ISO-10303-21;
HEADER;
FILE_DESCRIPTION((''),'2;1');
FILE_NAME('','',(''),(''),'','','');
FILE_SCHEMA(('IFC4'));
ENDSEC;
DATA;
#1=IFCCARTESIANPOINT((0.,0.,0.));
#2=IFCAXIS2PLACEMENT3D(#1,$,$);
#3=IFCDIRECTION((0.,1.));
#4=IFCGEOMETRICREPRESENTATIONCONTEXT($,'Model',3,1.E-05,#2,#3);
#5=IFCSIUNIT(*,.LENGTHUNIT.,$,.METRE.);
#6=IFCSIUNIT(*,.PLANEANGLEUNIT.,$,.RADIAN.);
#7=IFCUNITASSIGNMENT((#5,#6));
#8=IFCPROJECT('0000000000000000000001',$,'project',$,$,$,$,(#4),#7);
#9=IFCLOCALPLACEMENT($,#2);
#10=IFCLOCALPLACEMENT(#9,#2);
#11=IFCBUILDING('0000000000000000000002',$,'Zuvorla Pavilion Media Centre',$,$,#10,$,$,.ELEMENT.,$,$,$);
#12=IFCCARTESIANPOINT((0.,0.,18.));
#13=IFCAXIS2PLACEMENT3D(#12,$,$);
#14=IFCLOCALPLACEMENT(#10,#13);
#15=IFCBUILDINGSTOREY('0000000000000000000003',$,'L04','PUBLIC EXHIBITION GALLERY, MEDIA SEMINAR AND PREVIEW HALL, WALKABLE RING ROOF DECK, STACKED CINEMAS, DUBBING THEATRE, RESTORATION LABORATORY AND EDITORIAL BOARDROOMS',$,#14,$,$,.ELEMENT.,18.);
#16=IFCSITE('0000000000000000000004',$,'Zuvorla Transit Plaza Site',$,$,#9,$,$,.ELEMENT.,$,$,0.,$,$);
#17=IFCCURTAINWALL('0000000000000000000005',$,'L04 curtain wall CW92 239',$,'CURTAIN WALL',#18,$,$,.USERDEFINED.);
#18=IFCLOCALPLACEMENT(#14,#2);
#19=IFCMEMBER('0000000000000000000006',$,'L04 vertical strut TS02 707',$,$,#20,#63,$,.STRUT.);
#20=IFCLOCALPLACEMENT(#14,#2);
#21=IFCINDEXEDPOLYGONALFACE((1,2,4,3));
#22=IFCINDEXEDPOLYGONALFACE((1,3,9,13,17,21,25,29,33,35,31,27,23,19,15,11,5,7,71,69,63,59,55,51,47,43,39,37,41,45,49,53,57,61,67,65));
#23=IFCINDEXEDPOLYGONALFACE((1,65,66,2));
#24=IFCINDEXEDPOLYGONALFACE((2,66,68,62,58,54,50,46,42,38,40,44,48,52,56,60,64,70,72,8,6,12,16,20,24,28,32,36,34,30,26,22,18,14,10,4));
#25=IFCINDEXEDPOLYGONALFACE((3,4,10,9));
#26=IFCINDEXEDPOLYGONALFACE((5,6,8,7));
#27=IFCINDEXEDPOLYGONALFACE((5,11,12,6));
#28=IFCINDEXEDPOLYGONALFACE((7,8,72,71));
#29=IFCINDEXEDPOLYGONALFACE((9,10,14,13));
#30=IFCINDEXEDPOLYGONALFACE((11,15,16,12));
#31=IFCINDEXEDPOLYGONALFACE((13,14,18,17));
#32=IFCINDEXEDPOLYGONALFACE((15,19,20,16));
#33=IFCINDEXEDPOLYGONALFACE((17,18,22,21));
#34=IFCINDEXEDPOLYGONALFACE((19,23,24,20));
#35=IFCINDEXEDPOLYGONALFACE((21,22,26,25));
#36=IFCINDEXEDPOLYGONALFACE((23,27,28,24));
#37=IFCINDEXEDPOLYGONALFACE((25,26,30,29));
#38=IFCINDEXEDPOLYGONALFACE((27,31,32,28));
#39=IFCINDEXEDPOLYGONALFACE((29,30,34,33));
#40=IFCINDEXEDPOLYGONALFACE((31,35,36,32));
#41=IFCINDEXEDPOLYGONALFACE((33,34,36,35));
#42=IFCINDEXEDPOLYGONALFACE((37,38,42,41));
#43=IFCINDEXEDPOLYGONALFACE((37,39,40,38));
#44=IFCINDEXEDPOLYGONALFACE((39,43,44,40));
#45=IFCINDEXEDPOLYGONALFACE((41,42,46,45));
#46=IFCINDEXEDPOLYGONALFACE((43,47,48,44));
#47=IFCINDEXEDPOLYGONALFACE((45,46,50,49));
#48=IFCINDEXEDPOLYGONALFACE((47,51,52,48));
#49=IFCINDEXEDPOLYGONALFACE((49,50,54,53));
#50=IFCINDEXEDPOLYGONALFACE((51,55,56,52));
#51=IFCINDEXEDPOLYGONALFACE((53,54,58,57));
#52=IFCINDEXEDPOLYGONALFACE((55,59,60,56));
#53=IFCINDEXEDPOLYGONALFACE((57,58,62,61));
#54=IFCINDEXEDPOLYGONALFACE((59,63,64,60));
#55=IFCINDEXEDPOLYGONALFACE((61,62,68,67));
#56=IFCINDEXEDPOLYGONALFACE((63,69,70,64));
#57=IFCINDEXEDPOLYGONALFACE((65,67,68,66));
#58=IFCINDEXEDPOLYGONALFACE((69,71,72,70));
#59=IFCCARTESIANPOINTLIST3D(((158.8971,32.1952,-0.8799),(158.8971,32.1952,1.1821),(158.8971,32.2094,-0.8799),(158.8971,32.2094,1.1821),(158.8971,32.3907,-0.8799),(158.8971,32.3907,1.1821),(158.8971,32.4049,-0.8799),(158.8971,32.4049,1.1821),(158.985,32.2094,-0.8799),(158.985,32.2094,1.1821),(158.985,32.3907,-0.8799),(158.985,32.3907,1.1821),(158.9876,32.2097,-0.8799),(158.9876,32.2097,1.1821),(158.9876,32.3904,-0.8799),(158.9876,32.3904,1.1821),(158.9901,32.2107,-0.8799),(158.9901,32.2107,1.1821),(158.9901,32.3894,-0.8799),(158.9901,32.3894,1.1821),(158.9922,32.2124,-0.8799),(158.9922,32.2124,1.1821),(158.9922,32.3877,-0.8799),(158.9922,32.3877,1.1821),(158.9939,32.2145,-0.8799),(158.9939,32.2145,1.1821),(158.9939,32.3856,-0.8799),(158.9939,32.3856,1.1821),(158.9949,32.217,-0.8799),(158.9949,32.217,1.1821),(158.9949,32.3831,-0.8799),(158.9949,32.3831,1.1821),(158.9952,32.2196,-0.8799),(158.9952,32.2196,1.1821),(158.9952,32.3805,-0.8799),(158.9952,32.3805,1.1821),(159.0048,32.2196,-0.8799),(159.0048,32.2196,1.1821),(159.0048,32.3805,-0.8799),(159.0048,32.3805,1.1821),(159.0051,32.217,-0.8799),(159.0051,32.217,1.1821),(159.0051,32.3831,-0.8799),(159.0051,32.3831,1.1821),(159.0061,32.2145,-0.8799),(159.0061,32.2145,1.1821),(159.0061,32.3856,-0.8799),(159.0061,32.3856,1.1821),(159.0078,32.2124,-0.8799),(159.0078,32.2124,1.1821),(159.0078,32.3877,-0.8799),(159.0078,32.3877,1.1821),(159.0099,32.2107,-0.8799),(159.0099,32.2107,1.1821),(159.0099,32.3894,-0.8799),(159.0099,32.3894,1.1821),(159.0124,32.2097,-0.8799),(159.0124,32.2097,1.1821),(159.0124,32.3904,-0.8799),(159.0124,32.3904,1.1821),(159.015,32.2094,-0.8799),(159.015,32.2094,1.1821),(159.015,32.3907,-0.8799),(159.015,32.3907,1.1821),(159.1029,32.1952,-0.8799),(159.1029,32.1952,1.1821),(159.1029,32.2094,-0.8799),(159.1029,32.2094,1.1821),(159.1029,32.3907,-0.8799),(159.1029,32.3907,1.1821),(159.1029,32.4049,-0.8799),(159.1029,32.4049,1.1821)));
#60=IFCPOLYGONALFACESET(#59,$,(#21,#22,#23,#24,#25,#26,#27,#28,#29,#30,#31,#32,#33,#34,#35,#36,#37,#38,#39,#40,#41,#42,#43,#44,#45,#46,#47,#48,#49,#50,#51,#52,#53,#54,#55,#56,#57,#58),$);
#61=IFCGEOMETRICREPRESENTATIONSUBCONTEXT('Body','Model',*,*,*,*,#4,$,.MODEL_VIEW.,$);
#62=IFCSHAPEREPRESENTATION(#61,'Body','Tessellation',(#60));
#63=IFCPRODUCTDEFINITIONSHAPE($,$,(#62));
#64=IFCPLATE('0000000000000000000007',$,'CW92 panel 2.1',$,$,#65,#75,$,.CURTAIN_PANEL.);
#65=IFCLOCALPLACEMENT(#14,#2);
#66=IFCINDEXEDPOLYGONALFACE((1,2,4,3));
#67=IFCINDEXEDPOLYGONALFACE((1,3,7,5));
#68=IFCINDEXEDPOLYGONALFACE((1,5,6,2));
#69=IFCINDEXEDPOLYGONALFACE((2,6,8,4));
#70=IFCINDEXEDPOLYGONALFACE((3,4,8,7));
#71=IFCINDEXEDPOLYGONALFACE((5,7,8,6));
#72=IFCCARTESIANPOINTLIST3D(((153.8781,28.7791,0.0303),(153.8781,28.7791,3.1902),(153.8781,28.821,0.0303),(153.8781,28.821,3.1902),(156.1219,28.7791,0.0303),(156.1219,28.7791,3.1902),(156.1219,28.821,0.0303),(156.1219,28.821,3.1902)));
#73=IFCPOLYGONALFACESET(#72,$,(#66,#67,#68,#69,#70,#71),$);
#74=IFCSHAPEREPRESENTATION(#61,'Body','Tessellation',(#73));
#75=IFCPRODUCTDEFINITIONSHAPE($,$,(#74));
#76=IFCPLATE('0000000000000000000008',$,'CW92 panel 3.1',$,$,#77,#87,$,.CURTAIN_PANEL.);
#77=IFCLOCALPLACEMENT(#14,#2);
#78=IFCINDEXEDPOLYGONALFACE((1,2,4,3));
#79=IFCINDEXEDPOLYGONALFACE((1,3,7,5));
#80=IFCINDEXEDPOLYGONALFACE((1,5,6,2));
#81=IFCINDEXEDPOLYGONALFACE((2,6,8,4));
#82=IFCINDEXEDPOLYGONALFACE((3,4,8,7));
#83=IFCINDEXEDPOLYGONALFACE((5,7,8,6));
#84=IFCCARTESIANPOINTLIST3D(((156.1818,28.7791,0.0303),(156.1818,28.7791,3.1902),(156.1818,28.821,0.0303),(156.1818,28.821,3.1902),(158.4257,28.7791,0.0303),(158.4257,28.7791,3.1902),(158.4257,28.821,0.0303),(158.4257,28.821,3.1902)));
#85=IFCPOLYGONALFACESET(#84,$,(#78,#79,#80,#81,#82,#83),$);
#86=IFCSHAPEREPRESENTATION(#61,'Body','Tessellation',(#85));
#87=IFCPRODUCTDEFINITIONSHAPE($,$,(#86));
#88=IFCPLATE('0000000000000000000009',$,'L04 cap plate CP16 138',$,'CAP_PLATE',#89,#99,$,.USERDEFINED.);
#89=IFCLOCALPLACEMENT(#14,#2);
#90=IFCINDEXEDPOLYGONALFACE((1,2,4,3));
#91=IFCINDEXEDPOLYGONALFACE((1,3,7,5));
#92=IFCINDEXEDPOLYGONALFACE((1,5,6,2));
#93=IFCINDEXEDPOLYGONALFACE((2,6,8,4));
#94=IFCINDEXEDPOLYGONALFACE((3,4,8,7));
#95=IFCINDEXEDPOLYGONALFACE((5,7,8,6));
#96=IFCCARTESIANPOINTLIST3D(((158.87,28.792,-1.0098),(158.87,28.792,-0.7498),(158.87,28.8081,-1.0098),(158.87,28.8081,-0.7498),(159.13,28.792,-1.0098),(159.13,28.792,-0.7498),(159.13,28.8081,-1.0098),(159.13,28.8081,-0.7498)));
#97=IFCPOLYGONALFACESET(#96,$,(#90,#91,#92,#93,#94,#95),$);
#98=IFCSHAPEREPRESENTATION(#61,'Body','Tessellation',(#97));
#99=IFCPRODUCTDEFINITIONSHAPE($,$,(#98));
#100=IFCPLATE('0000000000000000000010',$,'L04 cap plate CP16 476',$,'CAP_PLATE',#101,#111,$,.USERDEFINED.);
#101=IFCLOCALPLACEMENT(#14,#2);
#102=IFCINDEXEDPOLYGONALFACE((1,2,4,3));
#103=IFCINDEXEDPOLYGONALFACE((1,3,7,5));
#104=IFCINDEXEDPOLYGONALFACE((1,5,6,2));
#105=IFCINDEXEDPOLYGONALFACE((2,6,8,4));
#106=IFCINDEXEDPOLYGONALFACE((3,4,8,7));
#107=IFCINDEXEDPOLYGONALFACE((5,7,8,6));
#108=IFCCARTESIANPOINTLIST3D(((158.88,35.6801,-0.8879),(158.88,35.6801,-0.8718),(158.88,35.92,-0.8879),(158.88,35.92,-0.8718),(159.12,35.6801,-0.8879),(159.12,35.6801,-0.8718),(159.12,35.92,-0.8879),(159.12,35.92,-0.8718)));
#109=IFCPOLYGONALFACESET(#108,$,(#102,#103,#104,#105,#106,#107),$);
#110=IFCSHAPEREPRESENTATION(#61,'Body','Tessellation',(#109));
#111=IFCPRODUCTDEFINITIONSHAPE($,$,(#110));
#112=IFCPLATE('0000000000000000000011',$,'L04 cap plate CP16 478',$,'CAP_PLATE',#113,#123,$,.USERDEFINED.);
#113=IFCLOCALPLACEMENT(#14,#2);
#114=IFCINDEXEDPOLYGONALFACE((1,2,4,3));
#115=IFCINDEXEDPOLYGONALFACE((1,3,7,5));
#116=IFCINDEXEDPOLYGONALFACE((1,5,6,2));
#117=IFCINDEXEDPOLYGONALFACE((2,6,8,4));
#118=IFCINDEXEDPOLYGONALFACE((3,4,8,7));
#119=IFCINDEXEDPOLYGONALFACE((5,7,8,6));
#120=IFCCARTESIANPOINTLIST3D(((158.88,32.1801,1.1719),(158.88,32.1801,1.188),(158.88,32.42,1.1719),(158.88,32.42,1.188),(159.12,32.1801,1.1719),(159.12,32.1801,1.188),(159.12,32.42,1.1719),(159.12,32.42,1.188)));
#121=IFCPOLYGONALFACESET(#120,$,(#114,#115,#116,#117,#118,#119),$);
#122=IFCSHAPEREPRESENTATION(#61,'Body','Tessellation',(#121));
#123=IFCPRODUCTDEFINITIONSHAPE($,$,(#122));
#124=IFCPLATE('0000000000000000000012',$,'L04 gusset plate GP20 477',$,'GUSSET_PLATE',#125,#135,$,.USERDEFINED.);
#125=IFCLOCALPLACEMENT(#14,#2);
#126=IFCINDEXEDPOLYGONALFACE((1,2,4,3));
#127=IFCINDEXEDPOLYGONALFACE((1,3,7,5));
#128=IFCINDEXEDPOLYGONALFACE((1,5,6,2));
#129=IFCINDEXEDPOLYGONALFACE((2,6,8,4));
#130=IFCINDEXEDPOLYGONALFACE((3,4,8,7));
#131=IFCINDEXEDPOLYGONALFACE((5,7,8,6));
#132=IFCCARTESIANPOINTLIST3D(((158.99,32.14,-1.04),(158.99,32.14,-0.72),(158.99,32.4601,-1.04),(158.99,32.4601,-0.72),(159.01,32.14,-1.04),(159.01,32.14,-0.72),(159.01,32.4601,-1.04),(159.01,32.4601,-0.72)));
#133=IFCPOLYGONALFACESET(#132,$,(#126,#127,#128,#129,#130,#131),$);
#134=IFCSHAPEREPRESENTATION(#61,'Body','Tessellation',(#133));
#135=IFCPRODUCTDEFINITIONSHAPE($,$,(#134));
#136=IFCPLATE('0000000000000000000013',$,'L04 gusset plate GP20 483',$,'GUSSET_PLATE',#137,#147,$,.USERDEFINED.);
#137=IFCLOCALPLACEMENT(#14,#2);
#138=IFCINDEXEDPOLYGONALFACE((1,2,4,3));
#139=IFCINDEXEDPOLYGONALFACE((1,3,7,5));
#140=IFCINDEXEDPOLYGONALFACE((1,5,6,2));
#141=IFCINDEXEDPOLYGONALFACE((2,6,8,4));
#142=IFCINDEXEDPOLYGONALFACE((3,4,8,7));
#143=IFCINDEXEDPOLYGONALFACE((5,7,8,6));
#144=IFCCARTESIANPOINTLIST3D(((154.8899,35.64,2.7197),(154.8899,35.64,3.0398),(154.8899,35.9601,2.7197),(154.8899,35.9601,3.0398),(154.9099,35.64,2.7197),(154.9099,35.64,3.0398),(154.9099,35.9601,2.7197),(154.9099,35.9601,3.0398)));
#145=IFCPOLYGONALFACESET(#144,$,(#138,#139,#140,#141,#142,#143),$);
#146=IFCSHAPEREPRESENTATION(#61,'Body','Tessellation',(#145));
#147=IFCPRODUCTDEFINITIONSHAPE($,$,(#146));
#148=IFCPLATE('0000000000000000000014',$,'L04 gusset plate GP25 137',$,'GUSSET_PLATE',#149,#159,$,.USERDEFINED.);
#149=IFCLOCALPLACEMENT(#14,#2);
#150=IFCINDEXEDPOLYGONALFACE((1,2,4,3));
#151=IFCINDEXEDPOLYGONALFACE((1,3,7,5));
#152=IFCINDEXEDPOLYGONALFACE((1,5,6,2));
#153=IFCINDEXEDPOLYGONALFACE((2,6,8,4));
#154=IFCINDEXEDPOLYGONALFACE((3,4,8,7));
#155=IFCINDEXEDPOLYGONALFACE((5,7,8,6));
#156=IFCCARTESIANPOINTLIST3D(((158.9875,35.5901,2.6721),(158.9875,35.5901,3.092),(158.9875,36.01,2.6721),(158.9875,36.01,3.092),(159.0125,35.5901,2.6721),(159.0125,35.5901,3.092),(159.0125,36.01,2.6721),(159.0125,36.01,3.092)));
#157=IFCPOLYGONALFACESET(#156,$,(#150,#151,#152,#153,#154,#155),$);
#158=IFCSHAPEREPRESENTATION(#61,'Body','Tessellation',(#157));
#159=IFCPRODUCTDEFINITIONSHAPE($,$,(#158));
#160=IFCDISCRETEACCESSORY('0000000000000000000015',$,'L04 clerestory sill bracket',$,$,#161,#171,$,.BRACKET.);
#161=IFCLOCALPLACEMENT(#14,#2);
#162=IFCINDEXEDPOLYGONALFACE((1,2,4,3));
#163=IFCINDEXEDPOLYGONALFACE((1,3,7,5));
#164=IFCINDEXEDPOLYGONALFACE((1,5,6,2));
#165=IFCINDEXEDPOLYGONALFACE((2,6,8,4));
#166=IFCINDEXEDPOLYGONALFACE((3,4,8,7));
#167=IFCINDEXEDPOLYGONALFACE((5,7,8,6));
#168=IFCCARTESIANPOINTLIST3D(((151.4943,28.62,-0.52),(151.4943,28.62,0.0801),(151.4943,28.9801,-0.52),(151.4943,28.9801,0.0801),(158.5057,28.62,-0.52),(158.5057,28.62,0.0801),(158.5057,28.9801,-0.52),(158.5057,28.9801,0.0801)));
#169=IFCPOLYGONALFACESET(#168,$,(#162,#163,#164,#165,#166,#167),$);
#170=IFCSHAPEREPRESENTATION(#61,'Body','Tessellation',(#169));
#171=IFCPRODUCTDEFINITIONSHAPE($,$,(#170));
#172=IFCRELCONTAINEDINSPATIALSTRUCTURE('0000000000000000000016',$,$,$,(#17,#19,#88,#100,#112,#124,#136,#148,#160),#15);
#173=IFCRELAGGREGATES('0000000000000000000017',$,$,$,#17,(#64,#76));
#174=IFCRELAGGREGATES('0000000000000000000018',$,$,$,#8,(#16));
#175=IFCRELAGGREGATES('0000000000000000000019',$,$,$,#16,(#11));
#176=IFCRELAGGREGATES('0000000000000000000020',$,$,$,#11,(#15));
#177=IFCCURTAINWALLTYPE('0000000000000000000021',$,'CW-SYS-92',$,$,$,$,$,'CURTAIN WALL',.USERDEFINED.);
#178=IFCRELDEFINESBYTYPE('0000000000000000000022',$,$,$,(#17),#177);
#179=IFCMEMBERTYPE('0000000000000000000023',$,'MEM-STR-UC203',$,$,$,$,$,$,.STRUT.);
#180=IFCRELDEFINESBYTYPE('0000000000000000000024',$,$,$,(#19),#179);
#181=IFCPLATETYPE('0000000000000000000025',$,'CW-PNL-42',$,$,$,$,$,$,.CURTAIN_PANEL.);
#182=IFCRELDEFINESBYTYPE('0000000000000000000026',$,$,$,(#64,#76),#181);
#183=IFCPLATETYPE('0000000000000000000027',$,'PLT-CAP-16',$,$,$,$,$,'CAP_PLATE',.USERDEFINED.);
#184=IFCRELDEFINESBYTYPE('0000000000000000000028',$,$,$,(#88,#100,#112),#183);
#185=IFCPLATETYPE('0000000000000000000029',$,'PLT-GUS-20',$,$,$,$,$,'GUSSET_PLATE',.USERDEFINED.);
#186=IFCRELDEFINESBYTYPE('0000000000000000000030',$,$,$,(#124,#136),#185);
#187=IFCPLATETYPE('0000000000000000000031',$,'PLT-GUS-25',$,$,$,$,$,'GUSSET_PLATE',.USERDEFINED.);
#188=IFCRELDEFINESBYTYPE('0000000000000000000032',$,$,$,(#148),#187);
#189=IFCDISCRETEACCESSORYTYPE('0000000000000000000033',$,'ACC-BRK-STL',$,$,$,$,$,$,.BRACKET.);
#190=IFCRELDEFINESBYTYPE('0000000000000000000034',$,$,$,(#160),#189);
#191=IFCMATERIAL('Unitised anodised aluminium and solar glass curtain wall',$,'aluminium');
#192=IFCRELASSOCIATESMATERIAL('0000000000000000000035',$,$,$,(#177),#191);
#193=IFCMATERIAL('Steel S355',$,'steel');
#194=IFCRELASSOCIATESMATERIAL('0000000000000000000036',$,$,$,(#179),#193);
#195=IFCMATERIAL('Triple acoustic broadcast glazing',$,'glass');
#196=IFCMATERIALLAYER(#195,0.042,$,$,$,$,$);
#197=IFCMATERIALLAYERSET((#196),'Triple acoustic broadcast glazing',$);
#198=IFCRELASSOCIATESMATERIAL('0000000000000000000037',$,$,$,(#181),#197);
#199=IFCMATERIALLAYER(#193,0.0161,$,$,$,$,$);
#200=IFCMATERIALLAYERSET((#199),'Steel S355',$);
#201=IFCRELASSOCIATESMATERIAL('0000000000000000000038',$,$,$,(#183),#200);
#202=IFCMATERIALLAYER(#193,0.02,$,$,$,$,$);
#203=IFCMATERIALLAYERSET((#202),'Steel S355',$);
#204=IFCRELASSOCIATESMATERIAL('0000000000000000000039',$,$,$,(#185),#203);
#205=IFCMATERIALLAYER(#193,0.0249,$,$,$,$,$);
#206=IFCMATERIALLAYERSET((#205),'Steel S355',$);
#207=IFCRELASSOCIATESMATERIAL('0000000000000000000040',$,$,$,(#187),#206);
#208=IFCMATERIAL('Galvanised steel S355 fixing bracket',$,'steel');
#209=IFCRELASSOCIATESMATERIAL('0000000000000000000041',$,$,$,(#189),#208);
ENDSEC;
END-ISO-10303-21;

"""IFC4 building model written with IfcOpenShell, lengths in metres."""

from ifc_helpers import new_model, si_unit, direction, frame, origin, origin_2d, place, context, subcontext, project, spatial, rectangle, i_section, extrude, material, layer, layer_set, material_profile, profile_set, type_object, element, aggregate, save


model = new_model("IFC4")

# Units and contexts
model_context = context("Model", 3, precision=1e-05, world=origin(), true_north=direction((0.0, 1.0)))
body_context = subcontext(model_context, "Body", "Model", "MODEL_VIEW")
ifc_project = project(units=[si_unit("LENGTHUNIT", "METRE"), si_unit("PLANEANGLEUNIT", "RADIAN")], contexts=[model_context])

# Site, building, storey
site_placement = place(None, origin())
site = spatial("IfcSite", under=ifc_project, at=site_placement, Name="Zuvorla Transit Plaza Site", CompositionType="ELEMENT", RefElevation=0.0)
building_placement = place(site_placement, origin())
building = spatial("IfcBuilding", under=site, at=building_placement, Name="Zuvorla Pavilion Media Centre", CompositionType="ELEMENT")
storey_placement = place(building_placement, frame((0.0, 0.0, 18.0)))
storey = spatial("IfcBuildingStorey", under=building, at=storey_placement, Name="L04", Description="PUBLIC EXHIBITION GALLERY, MEDIA SEMINAR AND PREVIEW HALL, WALKABLE RING ROOF DECK, STACKED CINEMAS, DUBBING THEATRE, RESTORATION LABORATORY AND EDITORIAL BOARDROOMS", CompositionType="ELEMENT", Elevation=18.0)

# Curtain wall
ifc_material_1 = material(Name="Unitised anodised aluminium and solar glass curtain wall", Category="aluminium")
curtain_wall_type = type_object("IfcCurtainWallType", Name="CW-SYS-92", ElementType="CURTAIN WALL", PredefinedType="USERDEFINED", material=ifc_material_1)
curtain_wall_1_placement = place(storey_placement, origin())
curtain_wall_1 = element("IfcCurtainWall", 1, at=curtain_wall_1_placement, inside=storey, type_object=curtain_wall_type, Name="L04 curtain wall CW92 239", ObjectType="CURTAIN WALL", PredefinedType="USERDEFINED")

# Member
ifc_material_2 = material(Name="Steel S355", Category="steel")
ifc_material_profile_1 = material_profile(ifc_material_2, i_section(OverallWidth=0.2058, OverallDepth=0.2097, WebThickness=0.0095, FlangeThickness=0.0142, FilletRadius=0.0103, at=origin_2d()), Name="UC 203x203x60")
ifc_profile_set_1 = profile_set([ifc_material_profile_1], Name="Steel S355")
member_type_1 = type_object("IfcMemberType", Name="MEM-STR-UC203", PredefinedType="STRUT", material=ifc_profile_set_1)
member_1_placement = place(storey_placement, frame((159.0, 32.3, -0.8799), z_axis=(0.0, 0.0, 1.0), x_axis=(1.0, 0.0, 0.0)))
element("IfcMember", 2, at=member_1_placement, inside=storey, type_object=member_type_1, Name="L04 vertical strut TS02 707", PredefinedType="STRUT", context=body_context, shape_type="SweptSolid", body=[
    extrude(i_section(OverallWidth=0.2058, OverallDepth=0.2097, WebThickness=0.0095, FlangeThickness=0.0142, FilletRadius=0.0103, at=origin_2d()), origin(), (0.0, 0.0, 1.0), 2.062),
])

# Plates
ifc_material_3 = material(Name="Triple acoustic broadcast glazing", Category="glass")
ifc_layer_1 = layer(ifc_material_3, 0.042)
ifc_layer_set_1 = layer_set([ifc_layer_1], Name="Triple acoustic broadcast glazing")
plate_type_1 = type_object("IfcPlateType", Name="CW-PNL-42", PredefinedType="CURTAIN_PANEL", material=ifc_layer_set_1)
plate_1_placement = place(storey_placement, frame((155.0, 28.8, 0.0303), z_axis=(0.0, 0.0, 1.0), x_axis=(1.0, 0.0, 0.0)))
plate_1 = element("IfcPlate", 3, at=plate_1_placement, type_object=plate_type_1, Name="CW92 panel 2.1", PredefinedType="CURTAIN_PANEL", context=body_context, shape_type="SweptSolid", body=[
    extrude(rectangle(XDim=2.2439, YDim=0.042, at=origin_2d()), origin(), (0.0, 0.0, 1.0), 3.1599),
])
plate_2_placement = place(storey_placement, frame((157.3037, 28.8, 0.0303), z_axis=(0.0, 0.0, 1.0), x_axis=(1.0, 0.0, 0.0)))
plate_2 = element("IfcPlate", 4, at=plate_2_placement, type_object=plate_type_1, Name="CW92 panel 3.1", PredefinedType="CURTAIN_PANEL", context=body_context, shape_type="SweptSolid", body=[
    extrude(rectangle(XDim=2.2439, YDim=0.042, at=origin_2d()), origin(), (0.0, 0.0, 1.0), 3.1599),
])
aggregate(curtain_wall_1, [plate_1, plate_2])

# Plates
ifc_layer_2 = layer(ifc_material_2, 0.0161)
ifc_layer_set_2 = layer_set([ifc_layer_2], Name="Steel S355")
plate_type_2 = type_object("IfcPlateType", Name="PLT-CAP-16", ElementType="CAP_PLATE", PredefinedType="USERDEFINED", material=ifc_layer_set_2)
plate_3_placement = place(storey_placement, frame((159.0, 28.8, -1.0098), z_axis=(0.0, 0.0, 1.0), x_axis=(1.0, 0.0, 0.0)))
element("IfcPlate", 5, at=plate_3_placement, inside=storey, type_object=plate_type_2, Name="L04 cap plate CP16 138", ObjectType="CAP_PLATE", PredefinedType="USERDEFINED", context=body_context, shape_type="SweptSolid", body=[
    extrude(rectangle(XDim=0.26, YDim=0.0161, at=origin_2d()), origin(), (0.0, 0.0, 1.0), 0.26),
])
for number, where, z_axis, x_axis, name in (
    (6, (159.0, 35.8, -0.8879), (0.0, 0.0, 1.0), (1.0, 0.0, 0.0), "L04 cap plate CP16 476"),
    (7, (159.0, 32.3, 1.1719), (0.0, 0.0, 1.0), (1.0, 0.0, 0.0), "L04 cap plate CP16 478"),
):
    element("IfcPlate", number, at=place(storey_placement, frame(where, z_axis=z_axis, x_axis=x_axis)), inside=storey, type_object=plate_type_2, Name=name, ObjectType="CAP_PLATE", PredefinedType="USERDEFINED", context=body_context, shape_type="SweptSolid", body=[
        extrude(rectangle(XDim=0.24, YDim=0.24, at=origin_2d()), origin(), (0.0, 0.0, 1.0), 0.0161),
    ])
ifc_layer_3 = layer(ifc_material_2, 0.02)
ifc_layer_set_3 = layer_set([ifc_layer_3], Name="Steel S355")
plate_type_3 = type_object("IfcPlateType", Name="PLT-GUS-20", ElementType="GUSSET_PLATE", PredefinedType="USERDEFINED", material=ifc_layer_set_3)
for number, where, z_axis, x_axis, name in (
    (8, (159.0, 32.3, -1.04), (0.0, 0.0, 1.0), (1.0, 0.0, 0.0), "L04 gusset plate GP20 477"),
    (9, (154.8999, 35.8, 2.7197), (0.0, 0.0, 1.0), (1.0, 0.0, 0.0), "L04 gusset plate GP20 483"),
):
    element("IfcPlate", number, at=place(storey_placement, frame(where, z_axis=z_axis, x_axis=x_axis)), inside=storey, type_object=plate_type_3, Name=name, ObjectType="GUSSET_PLATE", PredefinedType="USERDEFINED", context=body_context, shape_type="SweptSolid", body=[
        extrude(rectangle(XDim=0.02, YDim=0.3201, at=origin_2d()), origin(), (0.0, 0.0, 1.0), 0.3201),
    ])
ifc_layer_4 = layer(ifc_material_2, 0.0249)
ifc_layer_set_4 = layer_set([ifc_layer_4], Name="Steel S355")
plate_type_4 = type_object("IfcPlateType", Name="PLT-GUS-25", ElementType="GUSSET_PLATE", PredefinedType="USERDEFINED", material=ifc_layer_set_4)
plate_4_placement = place(storey_placement, frame((159.0, 35.8, 2.6721), z_axis=(0.0, 0.0, 1.0), x_axis=(1.0, 0.0, 0.0)))
element("IfcPlate", 10, at=plate_4_placement, inside=storey, type_object=plate_type_4, Name="L04 gusset plate GP25 137", ObjectType="GUSSET_PLATE", PredefinedType="USERDEFINED", context=body_context, shape_type="SweptSolid", body=[
    extrude(rectangle(XDim=0.0249, YDim=0.4199, at=origin_2d()), origin(), (0.0, 0.0, 1.0), 0.4199),
])

# Discrete accessory
ifc_material_4 = material(Name="Galvanised steel S355 fixing bracket", Category="steel")
discrete_accessory_type = type_object("IfcDiscreteAccessoryType", Name="ACC-BRK-STL", PredefinedType="BRACKET", material=ifc_material_4)
discrete_accessory_placement = place(storey_placement, frame((155.0, 28.8, -0.52), z_axis=(0.0, 0.0, 1.0), x_axis=(1.0, 0.0, 0.0)))
element("IfcDiscreteAccessory", 11, at=discrete_accessory_placement, inside=storey, type_object=discrete_accessory_type, Name="L04 clerestory sill bracket", PredefinedType="BRACKET", context=body_context, shape_type="SweptSolid", body=[
    extrude(rectangle(XDim=7.0115, YDim=0.3601, at=origin_2d()), origin(), (0.0, 0.0, 1.0), 0.6001),
])

save(model, "model.ifc")
